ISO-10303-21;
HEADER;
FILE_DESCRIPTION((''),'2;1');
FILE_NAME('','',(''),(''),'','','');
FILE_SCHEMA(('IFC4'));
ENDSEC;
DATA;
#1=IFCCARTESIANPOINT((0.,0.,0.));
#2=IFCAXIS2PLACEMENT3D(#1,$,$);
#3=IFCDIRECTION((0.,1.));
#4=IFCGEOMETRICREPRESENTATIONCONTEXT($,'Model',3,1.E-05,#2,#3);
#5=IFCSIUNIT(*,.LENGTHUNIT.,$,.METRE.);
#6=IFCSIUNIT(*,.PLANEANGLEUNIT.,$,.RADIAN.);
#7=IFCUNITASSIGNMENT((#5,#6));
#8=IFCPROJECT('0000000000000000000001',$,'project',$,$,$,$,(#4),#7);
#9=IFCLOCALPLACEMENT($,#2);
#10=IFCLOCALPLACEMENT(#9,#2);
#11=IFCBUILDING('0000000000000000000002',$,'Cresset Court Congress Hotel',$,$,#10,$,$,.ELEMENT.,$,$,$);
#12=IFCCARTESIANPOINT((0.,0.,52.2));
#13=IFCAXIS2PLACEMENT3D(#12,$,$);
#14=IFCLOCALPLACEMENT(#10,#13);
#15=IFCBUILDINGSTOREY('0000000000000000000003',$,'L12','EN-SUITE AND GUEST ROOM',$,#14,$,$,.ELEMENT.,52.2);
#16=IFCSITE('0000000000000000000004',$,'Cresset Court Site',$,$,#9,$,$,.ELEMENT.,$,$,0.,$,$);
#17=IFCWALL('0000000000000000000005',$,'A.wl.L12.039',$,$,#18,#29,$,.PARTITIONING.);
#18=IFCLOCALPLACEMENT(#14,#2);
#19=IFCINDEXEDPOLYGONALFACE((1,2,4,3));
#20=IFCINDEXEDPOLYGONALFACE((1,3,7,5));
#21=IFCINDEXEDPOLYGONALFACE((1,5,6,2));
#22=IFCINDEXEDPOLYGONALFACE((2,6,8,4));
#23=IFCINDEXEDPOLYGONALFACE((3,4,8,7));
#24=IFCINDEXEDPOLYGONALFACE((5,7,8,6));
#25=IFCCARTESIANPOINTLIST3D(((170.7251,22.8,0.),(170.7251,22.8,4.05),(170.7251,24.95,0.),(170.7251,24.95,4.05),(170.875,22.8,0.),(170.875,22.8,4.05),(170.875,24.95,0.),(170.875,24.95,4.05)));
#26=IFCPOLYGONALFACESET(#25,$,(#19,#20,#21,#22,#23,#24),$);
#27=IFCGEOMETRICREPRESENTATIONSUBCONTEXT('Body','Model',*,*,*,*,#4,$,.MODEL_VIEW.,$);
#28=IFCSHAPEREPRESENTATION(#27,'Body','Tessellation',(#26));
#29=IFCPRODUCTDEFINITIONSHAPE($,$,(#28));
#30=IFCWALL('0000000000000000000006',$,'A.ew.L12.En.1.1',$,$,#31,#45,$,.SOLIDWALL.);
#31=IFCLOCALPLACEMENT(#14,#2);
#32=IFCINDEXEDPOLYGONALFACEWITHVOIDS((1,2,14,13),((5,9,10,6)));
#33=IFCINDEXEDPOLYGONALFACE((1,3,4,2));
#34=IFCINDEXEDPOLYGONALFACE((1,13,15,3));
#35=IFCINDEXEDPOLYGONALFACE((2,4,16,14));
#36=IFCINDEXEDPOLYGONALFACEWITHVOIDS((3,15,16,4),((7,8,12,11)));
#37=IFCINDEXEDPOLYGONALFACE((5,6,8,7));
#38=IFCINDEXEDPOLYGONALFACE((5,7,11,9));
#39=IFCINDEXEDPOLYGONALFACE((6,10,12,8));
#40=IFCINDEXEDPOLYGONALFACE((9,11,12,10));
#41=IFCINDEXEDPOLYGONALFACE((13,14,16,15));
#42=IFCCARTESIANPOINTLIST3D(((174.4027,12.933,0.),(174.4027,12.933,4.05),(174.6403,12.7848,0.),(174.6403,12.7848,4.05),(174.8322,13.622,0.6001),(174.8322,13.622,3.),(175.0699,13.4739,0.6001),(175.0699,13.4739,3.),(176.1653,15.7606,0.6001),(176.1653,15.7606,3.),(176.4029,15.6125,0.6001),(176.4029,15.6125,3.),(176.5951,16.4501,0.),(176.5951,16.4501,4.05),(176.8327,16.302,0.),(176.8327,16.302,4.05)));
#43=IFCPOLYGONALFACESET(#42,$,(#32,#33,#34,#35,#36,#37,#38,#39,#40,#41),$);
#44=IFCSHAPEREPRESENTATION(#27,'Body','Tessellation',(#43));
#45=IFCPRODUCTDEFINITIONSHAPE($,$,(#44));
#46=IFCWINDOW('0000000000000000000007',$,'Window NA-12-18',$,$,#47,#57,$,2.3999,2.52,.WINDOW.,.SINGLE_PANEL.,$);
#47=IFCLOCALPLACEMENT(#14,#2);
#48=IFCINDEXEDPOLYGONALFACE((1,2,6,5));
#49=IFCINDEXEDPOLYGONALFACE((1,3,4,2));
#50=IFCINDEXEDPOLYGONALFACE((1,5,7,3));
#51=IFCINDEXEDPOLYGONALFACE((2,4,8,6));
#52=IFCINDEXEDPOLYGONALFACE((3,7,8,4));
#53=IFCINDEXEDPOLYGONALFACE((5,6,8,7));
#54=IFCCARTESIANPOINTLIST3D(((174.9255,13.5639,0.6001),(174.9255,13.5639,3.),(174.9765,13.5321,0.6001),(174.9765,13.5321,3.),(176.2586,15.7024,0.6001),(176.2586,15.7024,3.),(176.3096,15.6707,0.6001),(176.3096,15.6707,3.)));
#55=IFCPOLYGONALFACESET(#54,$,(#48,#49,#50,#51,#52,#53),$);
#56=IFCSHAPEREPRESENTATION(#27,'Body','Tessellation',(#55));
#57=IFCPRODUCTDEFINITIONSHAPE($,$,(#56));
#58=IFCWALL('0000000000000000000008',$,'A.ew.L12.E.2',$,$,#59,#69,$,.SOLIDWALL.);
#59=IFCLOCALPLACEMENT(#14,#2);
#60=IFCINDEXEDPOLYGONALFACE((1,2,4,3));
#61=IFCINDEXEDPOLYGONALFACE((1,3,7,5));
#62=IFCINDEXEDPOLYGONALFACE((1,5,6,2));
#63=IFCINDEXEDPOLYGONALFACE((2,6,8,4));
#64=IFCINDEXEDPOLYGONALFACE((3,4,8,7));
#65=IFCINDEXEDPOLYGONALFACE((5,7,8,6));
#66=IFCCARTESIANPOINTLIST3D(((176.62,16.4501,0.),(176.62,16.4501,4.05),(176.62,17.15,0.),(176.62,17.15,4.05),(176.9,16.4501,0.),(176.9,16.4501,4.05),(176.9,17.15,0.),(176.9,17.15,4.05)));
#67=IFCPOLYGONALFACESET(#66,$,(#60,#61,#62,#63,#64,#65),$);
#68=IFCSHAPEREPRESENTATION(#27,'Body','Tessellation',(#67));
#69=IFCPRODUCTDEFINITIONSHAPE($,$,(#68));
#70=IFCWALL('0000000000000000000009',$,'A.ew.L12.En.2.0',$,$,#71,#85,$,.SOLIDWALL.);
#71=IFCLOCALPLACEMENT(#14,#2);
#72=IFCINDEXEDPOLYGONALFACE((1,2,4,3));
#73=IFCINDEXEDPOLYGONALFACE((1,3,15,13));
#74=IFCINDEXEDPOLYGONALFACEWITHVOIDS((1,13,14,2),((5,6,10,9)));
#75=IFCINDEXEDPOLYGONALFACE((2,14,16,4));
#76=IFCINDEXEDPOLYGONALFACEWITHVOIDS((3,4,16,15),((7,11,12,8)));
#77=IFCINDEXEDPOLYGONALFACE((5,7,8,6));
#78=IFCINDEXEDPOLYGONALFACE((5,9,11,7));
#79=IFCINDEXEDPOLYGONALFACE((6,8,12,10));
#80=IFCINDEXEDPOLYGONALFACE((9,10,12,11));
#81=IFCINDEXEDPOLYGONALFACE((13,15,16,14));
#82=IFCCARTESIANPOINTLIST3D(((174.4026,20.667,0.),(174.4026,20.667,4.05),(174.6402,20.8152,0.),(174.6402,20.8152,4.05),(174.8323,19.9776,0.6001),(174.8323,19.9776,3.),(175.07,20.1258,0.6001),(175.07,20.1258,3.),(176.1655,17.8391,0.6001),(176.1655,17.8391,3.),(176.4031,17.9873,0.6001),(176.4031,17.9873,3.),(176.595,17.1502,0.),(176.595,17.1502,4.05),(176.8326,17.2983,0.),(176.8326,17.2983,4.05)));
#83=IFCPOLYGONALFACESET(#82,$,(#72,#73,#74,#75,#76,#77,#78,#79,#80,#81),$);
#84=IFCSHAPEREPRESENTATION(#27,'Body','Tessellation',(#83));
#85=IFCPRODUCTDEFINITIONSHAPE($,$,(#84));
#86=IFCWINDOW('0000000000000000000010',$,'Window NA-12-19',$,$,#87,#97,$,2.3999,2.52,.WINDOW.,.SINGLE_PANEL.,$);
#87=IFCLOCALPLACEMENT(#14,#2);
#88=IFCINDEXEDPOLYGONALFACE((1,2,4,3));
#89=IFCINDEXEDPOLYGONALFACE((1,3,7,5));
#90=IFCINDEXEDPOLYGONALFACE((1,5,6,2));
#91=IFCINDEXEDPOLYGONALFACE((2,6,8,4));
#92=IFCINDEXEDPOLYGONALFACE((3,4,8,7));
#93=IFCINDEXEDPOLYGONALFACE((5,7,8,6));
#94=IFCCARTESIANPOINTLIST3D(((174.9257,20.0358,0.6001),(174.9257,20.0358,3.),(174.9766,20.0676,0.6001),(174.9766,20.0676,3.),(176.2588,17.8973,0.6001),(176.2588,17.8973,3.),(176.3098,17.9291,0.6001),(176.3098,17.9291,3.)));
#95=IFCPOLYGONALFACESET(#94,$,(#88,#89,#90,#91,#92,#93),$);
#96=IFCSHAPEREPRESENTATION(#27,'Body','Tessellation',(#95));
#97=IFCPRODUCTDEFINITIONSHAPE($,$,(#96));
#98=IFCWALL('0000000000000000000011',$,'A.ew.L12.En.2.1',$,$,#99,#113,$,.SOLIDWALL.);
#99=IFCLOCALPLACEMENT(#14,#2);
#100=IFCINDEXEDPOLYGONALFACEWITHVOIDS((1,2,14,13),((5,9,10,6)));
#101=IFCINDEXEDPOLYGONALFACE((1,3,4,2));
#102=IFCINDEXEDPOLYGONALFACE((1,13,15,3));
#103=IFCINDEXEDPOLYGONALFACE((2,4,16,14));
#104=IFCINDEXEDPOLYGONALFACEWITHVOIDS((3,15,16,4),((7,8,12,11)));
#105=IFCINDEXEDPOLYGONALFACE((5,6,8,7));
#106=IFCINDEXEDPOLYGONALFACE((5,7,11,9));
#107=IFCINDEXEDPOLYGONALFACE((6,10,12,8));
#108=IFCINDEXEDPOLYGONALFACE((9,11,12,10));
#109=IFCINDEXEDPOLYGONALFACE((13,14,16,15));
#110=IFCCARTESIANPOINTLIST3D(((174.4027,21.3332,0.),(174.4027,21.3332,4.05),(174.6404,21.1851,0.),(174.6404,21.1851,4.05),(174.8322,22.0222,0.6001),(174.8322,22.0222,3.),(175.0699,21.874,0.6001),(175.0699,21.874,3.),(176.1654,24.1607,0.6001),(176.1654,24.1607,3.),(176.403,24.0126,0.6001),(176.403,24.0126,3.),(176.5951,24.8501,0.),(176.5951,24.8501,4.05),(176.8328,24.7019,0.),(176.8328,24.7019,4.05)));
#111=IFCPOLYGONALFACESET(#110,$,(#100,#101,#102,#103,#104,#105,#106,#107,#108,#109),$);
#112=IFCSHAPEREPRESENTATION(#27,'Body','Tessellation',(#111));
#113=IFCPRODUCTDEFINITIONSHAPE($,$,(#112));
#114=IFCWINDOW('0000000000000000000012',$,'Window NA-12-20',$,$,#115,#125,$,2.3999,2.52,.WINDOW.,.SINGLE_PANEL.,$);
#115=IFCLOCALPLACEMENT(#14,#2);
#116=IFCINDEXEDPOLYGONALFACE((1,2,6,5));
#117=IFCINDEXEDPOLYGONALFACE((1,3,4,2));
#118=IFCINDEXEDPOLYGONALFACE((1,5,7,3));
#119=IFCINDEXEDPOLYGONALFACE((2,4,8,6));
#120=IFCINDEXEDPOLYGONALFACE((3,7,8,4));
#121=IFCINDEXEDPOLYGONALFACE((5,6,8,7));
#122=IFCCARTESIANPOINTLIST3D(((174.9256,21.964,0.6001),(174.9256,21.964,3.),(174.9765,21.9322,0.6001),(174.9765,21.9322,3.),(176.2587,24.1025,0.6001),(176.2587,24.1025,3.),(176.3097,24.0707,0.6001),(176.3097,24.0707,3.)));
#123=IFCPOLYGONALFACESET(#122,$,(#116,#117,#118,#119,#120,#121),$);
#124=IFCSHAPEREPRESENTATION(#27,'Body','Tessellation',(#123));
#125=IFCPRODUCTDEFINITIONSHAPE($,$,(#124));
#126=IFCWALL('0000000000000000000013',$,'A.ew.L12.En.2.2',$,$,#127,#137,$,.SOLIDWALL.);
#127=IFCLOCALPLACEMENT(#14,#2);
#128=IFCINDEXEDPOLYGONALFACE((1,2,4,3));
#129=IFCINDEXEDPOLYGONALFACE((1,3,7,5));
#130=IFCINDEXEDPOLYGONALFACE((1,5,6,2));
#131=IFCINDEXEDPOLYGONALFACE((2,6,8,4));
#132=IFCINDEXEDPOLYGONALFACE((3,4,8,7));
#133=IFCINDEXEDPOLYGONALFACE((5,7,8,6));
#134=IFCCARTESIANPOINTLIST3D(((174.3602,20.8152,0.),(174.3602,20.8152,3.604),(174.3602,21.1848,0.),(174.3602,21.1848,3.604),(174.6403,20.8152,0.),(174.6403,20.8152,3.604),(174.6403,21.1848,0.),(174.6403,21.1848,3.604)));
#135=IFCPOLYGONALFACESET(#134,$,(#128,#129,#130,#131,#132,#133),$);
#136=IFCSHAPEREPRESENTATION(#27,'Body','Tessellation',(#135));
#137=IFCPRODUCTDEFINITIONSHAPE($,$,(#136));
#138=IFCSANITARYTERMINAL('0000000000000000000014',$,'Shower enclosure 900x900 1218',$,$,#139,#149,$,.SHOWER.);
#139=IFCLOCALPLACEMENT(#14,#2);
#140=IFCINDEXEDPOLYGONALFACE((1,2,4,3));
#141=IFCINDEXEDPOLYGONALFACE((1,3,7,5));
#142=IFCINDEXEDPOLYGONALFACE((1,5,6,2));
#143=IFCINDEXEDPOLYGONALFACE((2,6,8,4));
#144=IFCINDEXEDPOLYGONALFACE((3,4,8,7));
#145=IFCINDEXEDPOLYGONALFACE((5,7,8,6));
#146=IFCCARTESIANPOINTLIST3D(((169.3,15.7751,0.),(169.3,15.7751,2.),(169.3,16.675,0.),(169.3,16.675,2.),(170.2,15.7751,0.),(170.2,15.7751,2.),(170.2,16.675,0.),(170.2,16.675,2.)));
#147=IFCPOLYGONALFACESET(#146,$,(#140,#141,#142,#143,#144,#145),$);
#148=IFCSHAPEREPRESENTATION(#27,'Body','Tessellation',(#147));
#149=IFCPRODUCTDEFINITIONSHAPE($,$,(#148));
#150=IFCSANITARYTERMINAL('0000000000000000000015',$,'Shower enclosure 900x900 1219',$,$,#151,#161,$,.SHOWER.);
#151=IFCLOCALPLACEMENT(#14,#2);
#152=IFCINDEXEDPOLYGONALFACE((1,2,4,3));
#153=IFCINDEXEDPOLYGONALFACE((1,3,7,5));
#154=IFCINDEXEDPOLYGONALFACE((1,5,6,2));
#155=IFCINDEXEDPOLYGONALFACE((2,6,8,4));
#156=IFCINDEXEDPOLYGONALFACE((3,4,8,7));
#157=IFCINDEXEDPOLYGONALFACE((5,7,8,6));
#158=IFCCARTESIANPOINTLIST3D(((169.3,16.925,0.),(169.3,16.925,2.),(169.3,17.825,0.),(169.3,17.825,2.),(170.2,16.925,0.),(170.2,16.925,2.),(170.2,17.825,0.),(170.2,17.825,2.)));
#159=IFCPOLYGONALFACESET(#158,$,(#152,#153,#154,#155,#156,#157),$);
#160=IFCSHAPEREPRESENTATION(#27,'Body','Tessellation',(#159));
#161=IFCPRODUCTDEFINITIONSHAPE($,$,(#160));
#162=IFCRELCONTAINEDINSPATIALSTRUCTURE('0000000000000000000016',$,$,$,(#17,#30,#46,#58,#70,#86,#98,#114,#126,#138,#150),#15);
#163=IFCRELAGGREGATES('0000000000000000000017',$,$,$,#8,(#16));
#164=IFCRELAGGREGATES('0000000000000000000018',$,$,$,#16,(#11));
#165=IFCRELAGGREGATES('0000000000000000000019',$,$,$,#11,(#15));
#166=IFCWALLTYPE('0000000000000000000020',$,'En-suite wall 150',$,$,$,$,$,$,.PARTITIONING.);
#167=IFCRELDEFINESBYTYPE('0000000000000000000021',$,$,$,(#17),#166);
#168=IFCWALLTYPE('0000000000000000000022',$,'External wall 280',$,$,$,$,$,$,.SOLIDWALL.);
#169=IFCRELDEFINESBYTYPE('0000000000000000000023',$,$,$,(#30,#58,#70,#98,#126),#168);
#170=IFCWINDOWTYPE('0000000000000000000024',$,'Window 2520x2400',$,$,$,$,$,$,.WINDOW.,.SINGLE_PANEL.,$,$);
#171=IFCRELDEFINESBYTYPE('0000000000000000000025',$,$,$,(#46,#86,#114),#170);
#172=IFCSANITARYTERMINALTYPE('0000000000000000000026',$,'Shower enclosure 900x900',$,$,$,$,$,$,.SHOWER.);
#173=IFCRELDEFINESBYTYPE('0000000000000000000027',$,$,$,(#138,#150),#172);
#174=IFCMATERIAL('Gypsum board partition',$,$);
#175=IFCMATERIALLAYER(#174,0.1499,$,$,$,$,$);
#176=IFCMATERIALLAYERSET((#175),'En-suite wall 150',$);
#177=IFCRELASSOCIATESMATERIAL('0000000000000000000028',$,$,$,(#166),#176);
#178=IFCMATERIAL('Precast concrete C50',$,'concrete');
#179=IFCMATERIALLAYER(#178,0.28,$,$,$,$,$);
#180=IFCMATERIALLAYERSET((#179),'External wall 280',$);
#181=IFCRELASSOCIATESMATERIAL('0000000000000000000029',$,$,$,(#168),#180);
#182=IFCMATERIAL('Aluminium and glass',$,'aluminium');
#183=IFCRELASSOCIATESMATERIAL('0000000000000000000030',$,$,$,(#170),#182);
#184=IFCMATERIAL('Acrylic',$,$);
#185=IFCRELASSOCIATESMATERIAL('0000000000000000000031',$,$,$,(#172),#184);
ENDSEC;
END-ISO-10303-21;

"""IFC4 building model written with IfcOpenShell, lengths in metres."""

from ifc_helpers import new_model, si_unit, direction, frame, frame_2d, origin, origin_2d, place, context, subcontext, project, spatial, rectangle, extrude, material, layer, layer_set, type_object, element, fill, save


model = new_model("IFC4")

# Units and contexts
model_context = context("Model", 3, precision=1e-05, world=origin(), true_north=direction((0.0, 1.0)))
body_context = subcontext(model_context, "Body", "Model", "MODEL_VIEW")
ifc_project = project(units=[si_unit("LENGTHUNIT", "METRE"), si_unit("PLANEANGLEUNIT", "RADIAN")], contexts=[model_context])

# Site, building, storey
site_placement = place(None, origin())
site = spatial("IfcSite", under=ifc_project, at=site_placement, Name="Cresset Court Site", CompositionType="ELEMENT", RefElevation=0.0)
building_placement = place(site_placement, origin())
building = spatial("IfcBuilding", under=site, at=building_placement, Name="Cresset Court Congress Hotel", CompositionType="ELEMENT")
storey_placement = place(building_placement, frame((0.0, 0.0, 52.2)))
storey = spatial("IfcBuildingStorey", under=building, at=storey_placement, Name="L12", Description="EN-SUITE AND GUEST ROOM", CompositionType="ELEMENT", Elevation=52.2)

# Shared definitions
ifc_material_1 = material(Name="Gypsum board partition")
ifc_layer_1 = layer(ifc_material_1, 0.1499)
ifc_layer_set_1 = layer_set([ifc_layer_1], Name="En-suite wall 150")
wall_type_1 = type_object("IfcWallType", Name="En-suite wall 150", PredefinedType="PARTITIONING", material=ifc_layer_set_1)

# Wall
wall_1_placement = place(storey_placement, frame((170.8, 22.8, 0.0), z_axis=(0.0, 0.0, 1.0), x_axis=(0.0, 1.0, 0.0)))
element("IfcWall", 1, at=wall_1_placement, inside=storey, type_object=wall_type_1, Name="A.wl.L12.039", PredefinedType="PARTITIONING", context=body_context, shape_type="SweptSolid", body=[
    extrude(rectangle(XDim=2.1499, YDim=0.1499, at=frame_2d((1.075, 0.0))), origin(), (0.0, 0.0, 1.0), 4.05),
])

# Wall, opening, window
ifc_material_2 = material(Name="Precast concrete C50", Category="concrete")
ifc_layer_2 = layer(ifc_material_2, 0.28)
ifc_layer_set_2 = layer_set([ifc_layer_2], Name="External wall 280")
wall_type_2 = type_object("IfcWallType", Name="External wall 280", PredefinedType="SOLIDWALL", material=ifc_layer_set_2)
wall_2_placement = place(storey_placement, frame((174.5215, 12.8589, 0.0), z_axis=(0.0, 0.0, 1.0), x_axis=(0.528993, 0.848626, 0.0)))
wall_2 = element("IfcWall", 2, at=wall_2_placement, inside=storey, type_object=wall_type_2, Name="A.ew.L12.En.1.1", PredefinedType="SOLIDWALL", context=body_context, shape_type="SweptSolid", body=[
    extrude(rectangle(XDim=4.1445, YDim=0.28, at=frame_2d((2.0723, 0.0))), origin(), (0.0, 0.0, 1.0), 4.05),
])
opening_1_placement = place(wall_2_placement, frame((0.812, 0.0, 0.6001)))
opening_1 = element("IfcOpeningElement", 3, at=opening_1_placement, cuts=wall_2, PredefinedType="OPENING", context=body_context, shape_type="SweptSolid", body=[
    extrude(rectangle(XDim=2.52, YDim=2.3999, at=frame_2d((1.26, 1.2))), frame((0.0, 0.1499, 0.0), z_axis=(0.0, -1.0, 0.0), x_axis=(1.0, 0.0, 0.0)), (0.0, 0.0, 1.0), 0.3),
])
ifc_material_3 = material(Name="Aluminium and glass", Category="aluminium")
window_type = type_object("IfcWindowType", Name="Window 2520x2400", PartitioningType="SINGLE_PANEL", PredefinedType="WINDOW", material=ifc_material_3)
window_1_placement = place(opening_1_placement, origin())
window_1 = element("IfcWindow", 4, at=window_1_placement, inside=storey, type_object=window_type, Name="Window NA-12-18", OverallHeight=2.3999, OverallWidth=2.52, PartitioningType="SINGLE_PANEL", PredefinedType="WINDOW", context=body_context, shape_type="SweptSolid", body=[
    extrude(rectangle(XDim=2.52, YDim=2.3999, at=frame_2d((1.26, 1.2))), frame((0.0, 0.03, 0.0), z_axis=(0.0, -1.0, 0.0), x_axis=(1.0, 0.0, 0.0)), (0.0, 0.0, 1.0), 0.0601),
])
fill(opening_1, window_1)

# Wall
wall_3_placement = place(storey_placement, frame((176.76, 16.45, 0.0), z_axis=(0.0, 0.0, 1.0), x_axis=(0.0, 1.0, 0.0)))
element("IfcWall", 5, at=wall_3_placement, inside=storey, type_object=wall_type_2, Name="A.ew.L12.E.2", PredefinedType="SOLIDWALL", context=body_context, shape_type="SweptSolid", body=[
    extrude(rectangle(XDim=0.7, YDim=0.28, at=frame_2d((0.3501, 0.0))), origin(), (0.0, 0.0, 1.0), 4.05),
])

# Walls, openings, windows
wall_4_placement = place(storey_placement, frame((176.7139, 17.2241, 0.0), z_axis=(0.0, 0.0, 1.0), x_axis=(-0.529019, 0.84861, 0.0)))
wall_4 = element("IfcWall", 6, at=wall_4_placement, inside=storey, type_object=wall_type_2, Name="A.ew.L12.En.2.0", PredefinedType="SOLIDWALL", context=body_context, shape_type="SweptSolid", body=[
    extrude(rectangle(XDim=4.1443, YDim=0.28, at=frame_2d((2.0723, 0.0))), origin(), (0.0, 0.0, 1.0), 4.05),
])
opening_2_placement = place(wall_4_placement, frame((0.812, 0.0, 0.6001)))
opening_2 = element("IfcOpeningElement", 7, at=opening_2_placement, cuts=wall_4, PredefinedType="OPENING", context=body_context, shape_type="SweptSolid", body=[
    extrude(rectangle(XDim=2.52, YDim=2.3999, at=frame_2d((1.26, 1.2))), frame((0.0, 0.1499, 0.0), z_axis=(0.0, -1.0, 0.0), x_axis=(1.0, 0.0, 0.0)), (0.0, 0.0, 1.0), 0.3),
])
window_2_placement = place(opening_2_placement, origin())
window_2 = element("IfcWindow", 8, at=window_2_placement, inside=storey, type_object=window_type, Name="Window NA-12-19", OverallHeight=2.3999, OverallWidth=2.52, PartitioningType="SINGLE_PANEL", PredefinedType="WINDOW", context=body_context, shape_type="SweptSolid", body=[
    extrude(rectangle(XDim=2.52, YDim=2.3999, at=frame_2d((1.26, 1.2))), frame((0.0, 0.03, 0.0), z_axis=(0.0, -1.0, 0.0), x_axis=(1.0, 0.0, 0.0)), (0.0, 0.0, 1.0), 0.0601),
])
fill(opening_2, window_2)
wall_5_placement = place(storey_placement, frame((174.5215, 21.259, 0.0), z_axis=(0.0, 0.0, 1.0), x_axis=(0.529019, 0.84861, 0.0)))
wall_5 = element("IfcWall", 9, at=wall_5_placement, inside=storey, type_object=wall_type_2, Name="A.ew.L12.En.2.1", PredefinedType="SOLIDWALL", context=body_context, shape_type="SweptSolid", body=[
    extrude(rectangle(XDim=4.1443, YDim=0.28, at=frame_2d((2.0723, 0.0))), origin(), (0.0, 0.0, 1.0), 4.05),
])
opening_3_placement = place(wall_5_placement, frame((0.812, 0.0, 0.6001)))
opening_3 = element("IfcOpeningElement", 10, at=opening_3_placement, cuts=wall_5, PredefinedType="OPENING", context=body_context, shape_type="SweptSolid", body=[
    extrude(rectangle(XDim=2.52, YDim=2.3999, at=frame_2d((1.26, 1.2))), frame((0.0, 0.1499, 0.0), z_axis=(0.0, -1.0, 0.0), x_axis=(1.0, 0.0, 0.0)), (0.0, 0.0, 1.0), 0.3),
])
window_3_placement = place(opening_3_placement, origin())
window_3 = element("IfcWindow", 11, at=window_3_placement, inside=storey, type_object=window_type, Name="Window NA-12-20", OverallHeight=2.3999, OverallWidth=2.52, PartitioningType="SINGLE_PANEL", PredefinedType="WINDOW", context=body_context, shape_type="SweptSolid", body=[
    extrude(rectangle(XDim=2.52, YDim=2.3999, at=frame_2d((1.26, 1.2))), frame((0.0, 0.03, 0.0), z_axis=(0.0, -1.0, 0.0), x_axis=(1.0, 0.0, 0.0)), (0.0, 0.0, 1.0), 0.0601),
])
fill(opening_3, window_3)

# Wall
wall_6_placement = place(storey_placement, frame((174.5002, 20.8152, 0.0), z_axis=(0.0, 0.0, 1.0), x_axis=(0.0, 1.0, 0.0)))
element("IfcWall", 12, at=wall_6_placement, inside=storey, type_object=wall_type_2, Name="A.ew.L12.En.2.2", PredefinedType="SOLIDWALL", context=body_context, shape_type="SweptSolid", body=[
    extrude(rectangle(XDim=0.3696, YDim=0.28, at=frame_2d((0.1848, 0.0))), origin(), (0.0, 0.0, 1.0), 3.604),
])

# Sanitary terminals
ifc_material_4 = material(Name="Acrylic")
sanitary_terminal_type = type_object("IfcSanitaryTerminalType", Name="Shower enclosure 900x900", PredefinedType="SHOWER", material=ifc_material_4)
for number, where, z_axis, x_axis, name in (
    (13, (169.75, 16.2251, 0.0), (0.0, 0.0, 1.0), (1.0, 0.0, 0.0), "Shower enclosure 900x900 1218"),
    (14, (169.75, 17.375, 0.0), (0.0, 0.0, 1.0), (1.0, 0.0, 0.0), "Shower enclosure 900x900 1219"),
):
    element("IfcSanitaryTerminal", number, at=place(storey_placement, frame(where, z_axis=z_axis, x_axis=x_axis)), inside=storey, type_object=sanitary_terminal_type, Name=name, PredefinedType="SHOWER", context=body_context, shape_type="SweptSolid", body=[
        extrude(rectangle(XDim=0.8999, YDim=0.8999, at=origin_2d()), origin(), (0.0, 0.0, 1.0), 2.0),
    ])

save(model, "model.ifc")
